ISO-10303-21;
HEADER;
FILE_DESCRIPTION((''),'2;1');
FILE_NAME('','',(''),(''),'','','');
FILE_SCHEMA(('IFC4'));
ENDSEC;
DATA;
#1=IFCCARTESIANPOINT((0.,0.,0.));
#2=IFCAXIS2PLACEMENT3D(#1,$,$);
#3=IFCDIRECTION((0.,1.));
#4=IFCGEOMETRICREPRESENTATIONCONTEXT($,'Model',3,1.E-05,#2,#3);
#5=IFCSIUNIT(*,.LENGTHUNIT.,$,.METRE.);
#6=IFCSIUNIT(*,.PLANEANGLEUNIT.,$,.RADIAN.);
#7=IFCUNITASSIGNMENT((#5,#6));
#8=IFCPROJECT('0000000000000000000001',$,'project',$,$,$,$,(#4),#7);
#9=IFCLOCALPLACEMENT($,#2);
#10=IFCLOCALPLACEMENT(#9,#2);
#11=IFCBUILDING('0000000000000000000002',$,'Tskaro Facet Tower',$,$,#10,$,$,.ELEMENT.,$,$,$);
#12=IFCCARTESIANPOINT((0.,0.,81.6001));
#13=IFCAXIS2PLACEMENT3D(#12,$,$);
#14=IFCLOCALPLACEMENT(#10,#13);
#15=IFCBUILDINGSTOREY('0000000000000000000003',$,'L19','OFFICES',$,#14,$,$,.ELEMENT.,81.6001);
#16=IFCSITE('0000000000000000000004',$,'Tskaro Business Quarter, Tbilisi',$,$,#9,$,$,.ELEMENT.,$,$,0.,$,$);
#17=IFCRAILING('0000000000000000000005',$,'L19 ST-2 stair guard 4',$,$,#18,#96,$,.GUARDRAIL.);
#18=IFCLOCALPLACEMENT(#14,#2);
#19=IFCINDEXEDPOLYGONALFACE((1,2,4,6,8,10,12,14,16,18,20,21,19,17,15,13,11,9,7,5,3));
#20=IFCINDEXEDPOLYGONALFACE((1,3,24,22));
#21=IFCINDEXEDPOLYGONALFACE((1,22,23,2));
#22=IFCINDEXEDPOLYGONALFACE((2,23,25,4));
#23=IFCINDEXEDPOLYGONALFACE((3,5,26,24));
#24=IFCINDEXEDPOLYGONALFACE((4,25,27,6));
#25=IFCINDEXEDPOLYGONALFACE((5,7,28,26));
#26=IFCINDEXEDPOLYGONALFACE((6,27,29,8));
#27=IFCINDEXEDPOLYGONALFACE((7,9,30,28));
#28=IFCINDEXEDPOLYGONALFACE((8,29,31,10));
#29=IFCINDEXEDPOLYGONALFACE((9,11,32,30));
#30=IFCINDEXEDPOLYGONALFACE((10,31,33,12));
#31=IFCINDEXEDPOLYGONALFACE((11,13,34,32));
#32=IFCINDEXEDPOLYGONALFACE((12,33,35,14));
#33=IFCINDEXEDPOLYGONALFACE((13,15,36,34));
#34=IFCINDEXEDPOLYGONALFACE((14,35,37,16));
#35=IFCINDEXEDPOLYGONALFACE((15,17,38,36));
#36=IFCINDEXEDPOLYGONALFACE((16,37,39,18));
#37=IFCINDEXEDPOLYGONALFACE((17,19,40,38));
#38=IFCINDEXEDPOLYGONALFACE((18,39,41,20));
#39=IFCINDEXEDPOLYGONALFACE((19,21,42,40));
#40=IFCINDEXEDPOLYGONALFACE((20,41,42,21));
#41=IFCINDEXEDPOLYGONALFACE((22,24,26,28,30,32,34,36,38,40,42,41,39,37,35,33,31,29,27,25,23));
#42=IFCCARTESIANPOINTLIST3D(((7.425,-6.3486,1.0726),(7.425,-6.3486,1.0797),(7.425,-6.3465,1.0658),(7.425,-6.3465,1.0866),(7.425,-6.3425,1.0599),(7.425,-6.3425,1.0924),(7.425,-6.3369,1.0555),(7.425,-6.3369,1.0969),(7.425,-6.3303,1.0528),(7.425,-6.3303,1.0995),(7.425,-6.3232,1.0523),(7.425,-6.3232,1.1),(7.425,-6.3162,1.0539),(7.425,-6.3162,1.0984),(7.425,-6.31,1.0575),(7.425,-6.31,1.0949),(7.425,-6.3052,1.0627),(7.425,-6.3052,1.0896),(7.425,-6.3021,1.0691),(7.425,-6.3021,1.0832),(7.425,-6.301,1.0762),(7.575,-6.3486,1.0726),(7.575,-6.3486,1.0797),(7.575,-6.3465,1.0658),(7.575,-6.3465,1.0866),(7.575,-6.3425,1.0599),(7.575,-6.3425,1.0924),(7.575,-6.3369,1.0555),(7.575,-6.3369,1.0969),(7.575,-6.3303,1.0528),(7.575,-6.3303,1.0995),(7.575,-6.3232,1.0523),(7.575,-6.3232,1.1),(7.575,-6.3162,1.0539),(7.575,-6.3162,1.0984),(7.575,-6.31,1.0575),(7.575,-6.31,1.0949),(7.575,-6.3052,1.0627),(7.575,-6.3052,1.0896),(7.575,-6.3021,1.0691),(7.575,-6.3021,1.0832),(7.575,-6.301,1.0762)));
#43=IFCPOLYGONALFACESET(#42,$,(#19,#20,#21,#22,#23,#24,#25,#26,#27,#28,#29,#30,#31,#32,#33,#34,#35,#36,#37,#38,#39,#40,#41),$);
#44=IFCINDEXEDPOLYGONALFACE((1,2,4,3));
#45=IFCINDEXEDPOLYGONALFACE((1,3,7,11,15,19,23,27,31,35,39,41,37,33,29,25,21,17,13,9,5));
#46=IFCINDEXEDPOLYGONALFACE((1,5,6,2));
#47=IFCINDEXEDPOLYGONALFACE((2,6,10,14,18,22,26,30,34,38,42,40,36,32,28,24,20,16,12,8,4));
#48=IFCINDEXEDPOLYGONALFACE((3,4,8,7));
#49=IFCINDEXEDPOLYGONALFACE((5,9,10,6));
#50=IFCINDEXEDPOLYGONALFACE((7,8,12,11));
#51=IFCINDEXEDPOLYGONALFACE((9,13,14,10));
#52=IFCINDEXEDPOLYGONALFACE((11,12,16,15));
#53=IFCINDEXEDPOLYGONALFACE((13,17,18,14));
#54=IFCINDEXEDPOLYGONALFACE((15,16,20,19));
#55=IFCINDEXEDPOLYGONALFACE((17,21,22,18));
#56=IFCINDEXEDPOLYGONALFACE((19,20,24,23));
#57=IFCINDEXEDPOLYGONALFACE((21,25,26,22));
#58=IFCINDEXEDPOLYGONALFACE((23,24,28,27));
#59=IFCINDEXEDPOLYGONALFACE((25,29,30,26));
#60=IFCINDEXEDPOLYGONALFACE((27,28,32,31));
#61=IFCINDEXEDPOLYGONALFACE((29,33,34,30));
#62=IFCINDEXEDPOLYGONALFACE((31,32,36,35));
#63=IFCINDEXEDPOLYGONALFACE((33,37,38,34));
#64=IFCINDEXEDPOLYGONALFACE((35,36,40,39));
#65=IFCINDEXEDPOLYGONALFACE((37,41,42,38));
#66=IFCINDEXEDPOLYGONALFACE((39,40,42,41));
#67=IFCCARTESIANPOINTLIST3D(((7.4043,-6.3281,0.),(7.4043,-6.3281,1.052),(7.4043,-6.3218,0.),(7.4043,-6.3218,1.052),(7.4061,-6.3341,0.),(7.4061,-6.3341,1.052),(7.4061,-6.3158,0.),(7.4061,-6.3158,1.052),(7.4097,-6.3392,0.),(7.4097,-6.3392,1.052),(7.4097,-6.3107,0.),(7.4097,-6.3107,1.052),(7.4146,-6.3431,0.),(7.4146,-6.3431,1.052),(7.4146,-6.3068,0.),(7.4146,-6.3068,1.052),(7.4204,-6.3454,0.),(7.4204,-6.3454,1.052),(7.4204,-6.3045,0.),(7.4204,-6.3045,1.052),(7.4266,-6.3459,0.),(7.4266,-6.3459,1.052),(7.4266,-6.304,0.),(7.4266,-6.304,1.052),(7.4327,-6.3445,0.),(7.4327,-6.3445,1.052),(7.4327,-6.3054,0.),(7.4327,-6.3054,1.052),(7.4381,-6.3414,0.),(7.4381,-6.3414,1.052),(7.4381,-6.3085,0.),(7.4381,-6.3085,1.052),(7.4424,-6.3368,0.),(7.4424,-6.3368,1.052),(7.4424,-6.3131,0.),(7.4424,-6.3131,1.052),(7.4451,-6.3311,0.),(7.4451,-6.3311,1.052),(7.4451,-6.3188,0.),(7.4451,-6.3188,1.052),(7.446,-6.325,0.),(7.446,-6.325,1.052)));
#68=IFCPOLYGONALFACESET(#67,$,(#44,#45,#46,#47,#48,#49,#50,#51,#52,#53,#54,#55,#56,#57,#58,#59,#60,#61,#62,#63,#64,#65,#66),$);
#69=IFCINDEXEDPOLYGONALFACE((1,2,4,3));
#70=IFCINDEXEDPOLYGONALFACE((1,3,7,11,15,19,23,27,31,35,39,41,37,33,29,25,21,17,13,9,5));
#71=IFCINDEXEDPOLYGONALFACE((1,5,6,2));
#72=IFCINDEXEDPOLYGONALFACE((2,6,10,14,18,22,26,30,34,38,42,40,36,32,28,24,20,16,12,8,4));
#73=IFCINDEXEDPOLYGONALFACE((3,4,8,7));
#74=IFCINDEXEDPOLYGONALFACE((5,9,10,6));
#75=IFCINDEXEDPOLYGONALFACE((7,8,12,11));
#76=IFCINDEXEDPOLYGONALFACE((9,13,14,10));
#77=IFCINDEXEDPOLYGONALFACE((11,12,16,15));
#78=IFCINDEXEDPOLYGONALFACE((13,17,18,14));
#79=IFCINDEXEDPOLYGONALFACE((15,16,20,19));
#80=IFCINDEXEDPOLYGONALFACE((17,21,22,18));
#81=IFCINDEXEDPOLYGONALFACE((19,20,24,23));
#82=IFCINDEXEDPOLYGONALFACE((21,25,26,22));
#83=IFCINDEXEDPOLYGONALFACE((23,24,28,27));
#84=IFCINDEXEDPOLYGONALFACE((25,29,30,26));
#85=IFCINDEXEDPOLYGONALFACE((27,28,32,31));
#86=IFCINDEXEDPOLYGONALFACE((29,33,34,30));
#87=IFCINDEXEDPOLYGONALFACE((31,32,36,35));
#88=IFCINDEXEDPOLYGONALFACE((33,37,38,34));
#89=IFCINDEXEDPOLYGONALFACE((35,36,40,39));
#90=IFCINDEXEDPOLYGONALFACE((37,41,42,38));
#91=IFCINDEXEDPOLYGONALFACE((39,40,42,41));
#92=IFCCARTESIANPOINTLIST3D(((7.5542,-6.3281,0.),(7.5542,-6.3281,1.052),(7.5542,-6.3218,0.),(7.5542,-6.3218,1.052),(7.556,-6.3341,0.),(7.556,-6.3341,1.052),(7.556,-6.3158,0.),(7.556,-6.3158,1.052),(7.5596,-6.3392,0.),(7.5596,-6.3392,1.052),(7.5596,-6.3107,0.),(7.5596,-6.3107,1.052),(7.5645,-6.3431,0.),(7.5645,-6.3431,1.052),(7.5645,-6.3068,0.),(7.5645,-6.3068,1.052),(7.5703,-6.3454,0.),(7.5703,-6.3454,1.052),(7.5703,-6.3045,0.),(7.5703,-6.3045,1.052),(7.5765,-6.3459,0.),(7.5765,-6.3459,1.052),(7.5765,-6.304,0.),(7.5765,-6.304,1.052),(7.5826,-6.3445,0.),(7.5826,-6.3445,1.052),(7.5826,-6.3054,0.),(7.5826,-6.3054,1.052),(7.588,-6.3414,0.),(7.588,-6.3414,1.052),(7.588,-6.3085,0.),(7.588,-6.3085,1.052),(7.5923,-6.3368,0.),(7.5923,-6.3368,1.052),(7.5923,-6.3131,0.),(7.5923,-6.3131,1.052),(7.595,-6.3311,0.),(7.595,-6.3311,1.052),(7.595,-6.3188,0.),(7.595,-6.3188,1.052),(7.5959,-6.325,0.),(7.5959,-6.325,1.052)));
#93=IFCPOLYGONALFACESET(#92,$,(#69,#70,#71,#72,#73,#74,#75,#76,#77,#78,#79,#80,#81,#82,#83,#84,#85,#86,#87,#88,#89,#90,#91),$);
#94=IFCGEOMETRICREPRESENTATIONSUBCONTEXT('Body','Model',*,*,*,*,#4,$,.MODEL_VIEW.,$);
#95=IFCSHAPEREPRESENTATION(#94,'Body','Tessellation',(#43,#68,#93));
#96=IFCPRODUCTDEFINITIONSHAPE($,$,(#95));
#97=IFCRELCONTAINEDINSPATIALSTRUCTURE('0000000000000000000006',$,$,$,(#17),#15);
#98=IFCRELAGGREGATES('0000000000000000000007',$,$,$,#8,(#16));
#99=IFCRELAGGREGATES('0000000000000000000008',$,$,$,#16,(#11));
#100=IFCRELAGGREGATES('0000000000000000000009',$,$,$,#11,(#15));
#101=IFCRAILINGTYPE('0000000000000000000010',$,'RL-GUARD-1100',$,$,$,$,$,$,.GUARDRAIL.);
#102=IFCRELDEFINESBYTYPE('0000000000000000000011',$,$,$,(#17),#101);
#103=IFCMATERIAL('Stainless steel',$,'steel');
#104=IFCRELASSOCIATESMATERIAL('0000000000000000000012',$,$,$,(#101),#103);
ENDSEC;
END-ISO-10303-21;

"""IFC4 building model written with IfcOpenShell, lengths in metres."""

from ifc_helpers import new_model, si_unit, direction, frame, origin, origin_2d, place, context, subcontext, project, spatial, circle, extrude, material, type_object, element, save


model = new_model("IFC4")

# Units and contexts
model_context = context("Model", 3, precision=1e-05, world=origin(), true_north=direction((0.0, 1.0)))
body_context = subcontext(model_context, "Body", "Model", "MODEL_VIEW")
ifc_project = project(units=[si_unit("LENGTHUNIT", "METRE"), si_unit("PLANEANGLEUNIT", "RADIAN")], contexts=[model_context])

# Site, building, storey
site_placement = place(None, origin())
site = spatial("IfcSite", under=ifc_project, at=site_placement, Name="Tskaro Business Quarter, Tbilisi", CompositionType="ELEMENT", RefElevation=0.0)
building_placement = place(site_placement, origin())
building = spatial("IfcBuilding", under=site, at=building_placement, Name="Tskaro Facet Tower", CompositionType="ELEMENT")
storey_placement = place(building_placement, frame((0.0, 0.0, 81.6001)))
storey = spatial("IfcBuildingStorey", under=building, at=storey_placement, Name="L19", Description="OFFICES", CompositionType="ELEMENT", Elevation=81.6001)

# Railing
ifc_material_1 = material(Name="Stainless steel", Category="steel")
railing_type_1 = type_object("IfcRailingType", Name="RL-GUARD-1100", PredefinedType="GUARDRAIL", material=ifc_material_1)
railing_1_placement = place(storey_placement, frame((7.425, -6.325, 0.0)))
element("IfcRailing", 1, at=railing_1_placement, inside=storey, type_object=railing_type_1, Name="L19 ST-2 stair guard 4", PredefinedType="GUARDRAIL", context=body_context, shape_type="SweptSolid", body=[
    extrude(circle(Radius=0.0239, at=origin_2d()), frame((0.0, 0.0, 1.0762), z_axis=(1.0, 0.0, 0.0), x_axis=(0.0, 1.0, 0.0)), (0.0, 0.0, 1.0), 0.1499),
    extrude(circle(Radius=0.021, at=origin_2d()), origin(), (0.0, 0.0, 1.0), 1.052),
    extrude(circle(Radius=0.021, at=origin_2d()), frame((0.1499, 0.0, 0.0)), (0.0, 0.0, 1.0), 1.052),
])

save(model, "model.ifc")
